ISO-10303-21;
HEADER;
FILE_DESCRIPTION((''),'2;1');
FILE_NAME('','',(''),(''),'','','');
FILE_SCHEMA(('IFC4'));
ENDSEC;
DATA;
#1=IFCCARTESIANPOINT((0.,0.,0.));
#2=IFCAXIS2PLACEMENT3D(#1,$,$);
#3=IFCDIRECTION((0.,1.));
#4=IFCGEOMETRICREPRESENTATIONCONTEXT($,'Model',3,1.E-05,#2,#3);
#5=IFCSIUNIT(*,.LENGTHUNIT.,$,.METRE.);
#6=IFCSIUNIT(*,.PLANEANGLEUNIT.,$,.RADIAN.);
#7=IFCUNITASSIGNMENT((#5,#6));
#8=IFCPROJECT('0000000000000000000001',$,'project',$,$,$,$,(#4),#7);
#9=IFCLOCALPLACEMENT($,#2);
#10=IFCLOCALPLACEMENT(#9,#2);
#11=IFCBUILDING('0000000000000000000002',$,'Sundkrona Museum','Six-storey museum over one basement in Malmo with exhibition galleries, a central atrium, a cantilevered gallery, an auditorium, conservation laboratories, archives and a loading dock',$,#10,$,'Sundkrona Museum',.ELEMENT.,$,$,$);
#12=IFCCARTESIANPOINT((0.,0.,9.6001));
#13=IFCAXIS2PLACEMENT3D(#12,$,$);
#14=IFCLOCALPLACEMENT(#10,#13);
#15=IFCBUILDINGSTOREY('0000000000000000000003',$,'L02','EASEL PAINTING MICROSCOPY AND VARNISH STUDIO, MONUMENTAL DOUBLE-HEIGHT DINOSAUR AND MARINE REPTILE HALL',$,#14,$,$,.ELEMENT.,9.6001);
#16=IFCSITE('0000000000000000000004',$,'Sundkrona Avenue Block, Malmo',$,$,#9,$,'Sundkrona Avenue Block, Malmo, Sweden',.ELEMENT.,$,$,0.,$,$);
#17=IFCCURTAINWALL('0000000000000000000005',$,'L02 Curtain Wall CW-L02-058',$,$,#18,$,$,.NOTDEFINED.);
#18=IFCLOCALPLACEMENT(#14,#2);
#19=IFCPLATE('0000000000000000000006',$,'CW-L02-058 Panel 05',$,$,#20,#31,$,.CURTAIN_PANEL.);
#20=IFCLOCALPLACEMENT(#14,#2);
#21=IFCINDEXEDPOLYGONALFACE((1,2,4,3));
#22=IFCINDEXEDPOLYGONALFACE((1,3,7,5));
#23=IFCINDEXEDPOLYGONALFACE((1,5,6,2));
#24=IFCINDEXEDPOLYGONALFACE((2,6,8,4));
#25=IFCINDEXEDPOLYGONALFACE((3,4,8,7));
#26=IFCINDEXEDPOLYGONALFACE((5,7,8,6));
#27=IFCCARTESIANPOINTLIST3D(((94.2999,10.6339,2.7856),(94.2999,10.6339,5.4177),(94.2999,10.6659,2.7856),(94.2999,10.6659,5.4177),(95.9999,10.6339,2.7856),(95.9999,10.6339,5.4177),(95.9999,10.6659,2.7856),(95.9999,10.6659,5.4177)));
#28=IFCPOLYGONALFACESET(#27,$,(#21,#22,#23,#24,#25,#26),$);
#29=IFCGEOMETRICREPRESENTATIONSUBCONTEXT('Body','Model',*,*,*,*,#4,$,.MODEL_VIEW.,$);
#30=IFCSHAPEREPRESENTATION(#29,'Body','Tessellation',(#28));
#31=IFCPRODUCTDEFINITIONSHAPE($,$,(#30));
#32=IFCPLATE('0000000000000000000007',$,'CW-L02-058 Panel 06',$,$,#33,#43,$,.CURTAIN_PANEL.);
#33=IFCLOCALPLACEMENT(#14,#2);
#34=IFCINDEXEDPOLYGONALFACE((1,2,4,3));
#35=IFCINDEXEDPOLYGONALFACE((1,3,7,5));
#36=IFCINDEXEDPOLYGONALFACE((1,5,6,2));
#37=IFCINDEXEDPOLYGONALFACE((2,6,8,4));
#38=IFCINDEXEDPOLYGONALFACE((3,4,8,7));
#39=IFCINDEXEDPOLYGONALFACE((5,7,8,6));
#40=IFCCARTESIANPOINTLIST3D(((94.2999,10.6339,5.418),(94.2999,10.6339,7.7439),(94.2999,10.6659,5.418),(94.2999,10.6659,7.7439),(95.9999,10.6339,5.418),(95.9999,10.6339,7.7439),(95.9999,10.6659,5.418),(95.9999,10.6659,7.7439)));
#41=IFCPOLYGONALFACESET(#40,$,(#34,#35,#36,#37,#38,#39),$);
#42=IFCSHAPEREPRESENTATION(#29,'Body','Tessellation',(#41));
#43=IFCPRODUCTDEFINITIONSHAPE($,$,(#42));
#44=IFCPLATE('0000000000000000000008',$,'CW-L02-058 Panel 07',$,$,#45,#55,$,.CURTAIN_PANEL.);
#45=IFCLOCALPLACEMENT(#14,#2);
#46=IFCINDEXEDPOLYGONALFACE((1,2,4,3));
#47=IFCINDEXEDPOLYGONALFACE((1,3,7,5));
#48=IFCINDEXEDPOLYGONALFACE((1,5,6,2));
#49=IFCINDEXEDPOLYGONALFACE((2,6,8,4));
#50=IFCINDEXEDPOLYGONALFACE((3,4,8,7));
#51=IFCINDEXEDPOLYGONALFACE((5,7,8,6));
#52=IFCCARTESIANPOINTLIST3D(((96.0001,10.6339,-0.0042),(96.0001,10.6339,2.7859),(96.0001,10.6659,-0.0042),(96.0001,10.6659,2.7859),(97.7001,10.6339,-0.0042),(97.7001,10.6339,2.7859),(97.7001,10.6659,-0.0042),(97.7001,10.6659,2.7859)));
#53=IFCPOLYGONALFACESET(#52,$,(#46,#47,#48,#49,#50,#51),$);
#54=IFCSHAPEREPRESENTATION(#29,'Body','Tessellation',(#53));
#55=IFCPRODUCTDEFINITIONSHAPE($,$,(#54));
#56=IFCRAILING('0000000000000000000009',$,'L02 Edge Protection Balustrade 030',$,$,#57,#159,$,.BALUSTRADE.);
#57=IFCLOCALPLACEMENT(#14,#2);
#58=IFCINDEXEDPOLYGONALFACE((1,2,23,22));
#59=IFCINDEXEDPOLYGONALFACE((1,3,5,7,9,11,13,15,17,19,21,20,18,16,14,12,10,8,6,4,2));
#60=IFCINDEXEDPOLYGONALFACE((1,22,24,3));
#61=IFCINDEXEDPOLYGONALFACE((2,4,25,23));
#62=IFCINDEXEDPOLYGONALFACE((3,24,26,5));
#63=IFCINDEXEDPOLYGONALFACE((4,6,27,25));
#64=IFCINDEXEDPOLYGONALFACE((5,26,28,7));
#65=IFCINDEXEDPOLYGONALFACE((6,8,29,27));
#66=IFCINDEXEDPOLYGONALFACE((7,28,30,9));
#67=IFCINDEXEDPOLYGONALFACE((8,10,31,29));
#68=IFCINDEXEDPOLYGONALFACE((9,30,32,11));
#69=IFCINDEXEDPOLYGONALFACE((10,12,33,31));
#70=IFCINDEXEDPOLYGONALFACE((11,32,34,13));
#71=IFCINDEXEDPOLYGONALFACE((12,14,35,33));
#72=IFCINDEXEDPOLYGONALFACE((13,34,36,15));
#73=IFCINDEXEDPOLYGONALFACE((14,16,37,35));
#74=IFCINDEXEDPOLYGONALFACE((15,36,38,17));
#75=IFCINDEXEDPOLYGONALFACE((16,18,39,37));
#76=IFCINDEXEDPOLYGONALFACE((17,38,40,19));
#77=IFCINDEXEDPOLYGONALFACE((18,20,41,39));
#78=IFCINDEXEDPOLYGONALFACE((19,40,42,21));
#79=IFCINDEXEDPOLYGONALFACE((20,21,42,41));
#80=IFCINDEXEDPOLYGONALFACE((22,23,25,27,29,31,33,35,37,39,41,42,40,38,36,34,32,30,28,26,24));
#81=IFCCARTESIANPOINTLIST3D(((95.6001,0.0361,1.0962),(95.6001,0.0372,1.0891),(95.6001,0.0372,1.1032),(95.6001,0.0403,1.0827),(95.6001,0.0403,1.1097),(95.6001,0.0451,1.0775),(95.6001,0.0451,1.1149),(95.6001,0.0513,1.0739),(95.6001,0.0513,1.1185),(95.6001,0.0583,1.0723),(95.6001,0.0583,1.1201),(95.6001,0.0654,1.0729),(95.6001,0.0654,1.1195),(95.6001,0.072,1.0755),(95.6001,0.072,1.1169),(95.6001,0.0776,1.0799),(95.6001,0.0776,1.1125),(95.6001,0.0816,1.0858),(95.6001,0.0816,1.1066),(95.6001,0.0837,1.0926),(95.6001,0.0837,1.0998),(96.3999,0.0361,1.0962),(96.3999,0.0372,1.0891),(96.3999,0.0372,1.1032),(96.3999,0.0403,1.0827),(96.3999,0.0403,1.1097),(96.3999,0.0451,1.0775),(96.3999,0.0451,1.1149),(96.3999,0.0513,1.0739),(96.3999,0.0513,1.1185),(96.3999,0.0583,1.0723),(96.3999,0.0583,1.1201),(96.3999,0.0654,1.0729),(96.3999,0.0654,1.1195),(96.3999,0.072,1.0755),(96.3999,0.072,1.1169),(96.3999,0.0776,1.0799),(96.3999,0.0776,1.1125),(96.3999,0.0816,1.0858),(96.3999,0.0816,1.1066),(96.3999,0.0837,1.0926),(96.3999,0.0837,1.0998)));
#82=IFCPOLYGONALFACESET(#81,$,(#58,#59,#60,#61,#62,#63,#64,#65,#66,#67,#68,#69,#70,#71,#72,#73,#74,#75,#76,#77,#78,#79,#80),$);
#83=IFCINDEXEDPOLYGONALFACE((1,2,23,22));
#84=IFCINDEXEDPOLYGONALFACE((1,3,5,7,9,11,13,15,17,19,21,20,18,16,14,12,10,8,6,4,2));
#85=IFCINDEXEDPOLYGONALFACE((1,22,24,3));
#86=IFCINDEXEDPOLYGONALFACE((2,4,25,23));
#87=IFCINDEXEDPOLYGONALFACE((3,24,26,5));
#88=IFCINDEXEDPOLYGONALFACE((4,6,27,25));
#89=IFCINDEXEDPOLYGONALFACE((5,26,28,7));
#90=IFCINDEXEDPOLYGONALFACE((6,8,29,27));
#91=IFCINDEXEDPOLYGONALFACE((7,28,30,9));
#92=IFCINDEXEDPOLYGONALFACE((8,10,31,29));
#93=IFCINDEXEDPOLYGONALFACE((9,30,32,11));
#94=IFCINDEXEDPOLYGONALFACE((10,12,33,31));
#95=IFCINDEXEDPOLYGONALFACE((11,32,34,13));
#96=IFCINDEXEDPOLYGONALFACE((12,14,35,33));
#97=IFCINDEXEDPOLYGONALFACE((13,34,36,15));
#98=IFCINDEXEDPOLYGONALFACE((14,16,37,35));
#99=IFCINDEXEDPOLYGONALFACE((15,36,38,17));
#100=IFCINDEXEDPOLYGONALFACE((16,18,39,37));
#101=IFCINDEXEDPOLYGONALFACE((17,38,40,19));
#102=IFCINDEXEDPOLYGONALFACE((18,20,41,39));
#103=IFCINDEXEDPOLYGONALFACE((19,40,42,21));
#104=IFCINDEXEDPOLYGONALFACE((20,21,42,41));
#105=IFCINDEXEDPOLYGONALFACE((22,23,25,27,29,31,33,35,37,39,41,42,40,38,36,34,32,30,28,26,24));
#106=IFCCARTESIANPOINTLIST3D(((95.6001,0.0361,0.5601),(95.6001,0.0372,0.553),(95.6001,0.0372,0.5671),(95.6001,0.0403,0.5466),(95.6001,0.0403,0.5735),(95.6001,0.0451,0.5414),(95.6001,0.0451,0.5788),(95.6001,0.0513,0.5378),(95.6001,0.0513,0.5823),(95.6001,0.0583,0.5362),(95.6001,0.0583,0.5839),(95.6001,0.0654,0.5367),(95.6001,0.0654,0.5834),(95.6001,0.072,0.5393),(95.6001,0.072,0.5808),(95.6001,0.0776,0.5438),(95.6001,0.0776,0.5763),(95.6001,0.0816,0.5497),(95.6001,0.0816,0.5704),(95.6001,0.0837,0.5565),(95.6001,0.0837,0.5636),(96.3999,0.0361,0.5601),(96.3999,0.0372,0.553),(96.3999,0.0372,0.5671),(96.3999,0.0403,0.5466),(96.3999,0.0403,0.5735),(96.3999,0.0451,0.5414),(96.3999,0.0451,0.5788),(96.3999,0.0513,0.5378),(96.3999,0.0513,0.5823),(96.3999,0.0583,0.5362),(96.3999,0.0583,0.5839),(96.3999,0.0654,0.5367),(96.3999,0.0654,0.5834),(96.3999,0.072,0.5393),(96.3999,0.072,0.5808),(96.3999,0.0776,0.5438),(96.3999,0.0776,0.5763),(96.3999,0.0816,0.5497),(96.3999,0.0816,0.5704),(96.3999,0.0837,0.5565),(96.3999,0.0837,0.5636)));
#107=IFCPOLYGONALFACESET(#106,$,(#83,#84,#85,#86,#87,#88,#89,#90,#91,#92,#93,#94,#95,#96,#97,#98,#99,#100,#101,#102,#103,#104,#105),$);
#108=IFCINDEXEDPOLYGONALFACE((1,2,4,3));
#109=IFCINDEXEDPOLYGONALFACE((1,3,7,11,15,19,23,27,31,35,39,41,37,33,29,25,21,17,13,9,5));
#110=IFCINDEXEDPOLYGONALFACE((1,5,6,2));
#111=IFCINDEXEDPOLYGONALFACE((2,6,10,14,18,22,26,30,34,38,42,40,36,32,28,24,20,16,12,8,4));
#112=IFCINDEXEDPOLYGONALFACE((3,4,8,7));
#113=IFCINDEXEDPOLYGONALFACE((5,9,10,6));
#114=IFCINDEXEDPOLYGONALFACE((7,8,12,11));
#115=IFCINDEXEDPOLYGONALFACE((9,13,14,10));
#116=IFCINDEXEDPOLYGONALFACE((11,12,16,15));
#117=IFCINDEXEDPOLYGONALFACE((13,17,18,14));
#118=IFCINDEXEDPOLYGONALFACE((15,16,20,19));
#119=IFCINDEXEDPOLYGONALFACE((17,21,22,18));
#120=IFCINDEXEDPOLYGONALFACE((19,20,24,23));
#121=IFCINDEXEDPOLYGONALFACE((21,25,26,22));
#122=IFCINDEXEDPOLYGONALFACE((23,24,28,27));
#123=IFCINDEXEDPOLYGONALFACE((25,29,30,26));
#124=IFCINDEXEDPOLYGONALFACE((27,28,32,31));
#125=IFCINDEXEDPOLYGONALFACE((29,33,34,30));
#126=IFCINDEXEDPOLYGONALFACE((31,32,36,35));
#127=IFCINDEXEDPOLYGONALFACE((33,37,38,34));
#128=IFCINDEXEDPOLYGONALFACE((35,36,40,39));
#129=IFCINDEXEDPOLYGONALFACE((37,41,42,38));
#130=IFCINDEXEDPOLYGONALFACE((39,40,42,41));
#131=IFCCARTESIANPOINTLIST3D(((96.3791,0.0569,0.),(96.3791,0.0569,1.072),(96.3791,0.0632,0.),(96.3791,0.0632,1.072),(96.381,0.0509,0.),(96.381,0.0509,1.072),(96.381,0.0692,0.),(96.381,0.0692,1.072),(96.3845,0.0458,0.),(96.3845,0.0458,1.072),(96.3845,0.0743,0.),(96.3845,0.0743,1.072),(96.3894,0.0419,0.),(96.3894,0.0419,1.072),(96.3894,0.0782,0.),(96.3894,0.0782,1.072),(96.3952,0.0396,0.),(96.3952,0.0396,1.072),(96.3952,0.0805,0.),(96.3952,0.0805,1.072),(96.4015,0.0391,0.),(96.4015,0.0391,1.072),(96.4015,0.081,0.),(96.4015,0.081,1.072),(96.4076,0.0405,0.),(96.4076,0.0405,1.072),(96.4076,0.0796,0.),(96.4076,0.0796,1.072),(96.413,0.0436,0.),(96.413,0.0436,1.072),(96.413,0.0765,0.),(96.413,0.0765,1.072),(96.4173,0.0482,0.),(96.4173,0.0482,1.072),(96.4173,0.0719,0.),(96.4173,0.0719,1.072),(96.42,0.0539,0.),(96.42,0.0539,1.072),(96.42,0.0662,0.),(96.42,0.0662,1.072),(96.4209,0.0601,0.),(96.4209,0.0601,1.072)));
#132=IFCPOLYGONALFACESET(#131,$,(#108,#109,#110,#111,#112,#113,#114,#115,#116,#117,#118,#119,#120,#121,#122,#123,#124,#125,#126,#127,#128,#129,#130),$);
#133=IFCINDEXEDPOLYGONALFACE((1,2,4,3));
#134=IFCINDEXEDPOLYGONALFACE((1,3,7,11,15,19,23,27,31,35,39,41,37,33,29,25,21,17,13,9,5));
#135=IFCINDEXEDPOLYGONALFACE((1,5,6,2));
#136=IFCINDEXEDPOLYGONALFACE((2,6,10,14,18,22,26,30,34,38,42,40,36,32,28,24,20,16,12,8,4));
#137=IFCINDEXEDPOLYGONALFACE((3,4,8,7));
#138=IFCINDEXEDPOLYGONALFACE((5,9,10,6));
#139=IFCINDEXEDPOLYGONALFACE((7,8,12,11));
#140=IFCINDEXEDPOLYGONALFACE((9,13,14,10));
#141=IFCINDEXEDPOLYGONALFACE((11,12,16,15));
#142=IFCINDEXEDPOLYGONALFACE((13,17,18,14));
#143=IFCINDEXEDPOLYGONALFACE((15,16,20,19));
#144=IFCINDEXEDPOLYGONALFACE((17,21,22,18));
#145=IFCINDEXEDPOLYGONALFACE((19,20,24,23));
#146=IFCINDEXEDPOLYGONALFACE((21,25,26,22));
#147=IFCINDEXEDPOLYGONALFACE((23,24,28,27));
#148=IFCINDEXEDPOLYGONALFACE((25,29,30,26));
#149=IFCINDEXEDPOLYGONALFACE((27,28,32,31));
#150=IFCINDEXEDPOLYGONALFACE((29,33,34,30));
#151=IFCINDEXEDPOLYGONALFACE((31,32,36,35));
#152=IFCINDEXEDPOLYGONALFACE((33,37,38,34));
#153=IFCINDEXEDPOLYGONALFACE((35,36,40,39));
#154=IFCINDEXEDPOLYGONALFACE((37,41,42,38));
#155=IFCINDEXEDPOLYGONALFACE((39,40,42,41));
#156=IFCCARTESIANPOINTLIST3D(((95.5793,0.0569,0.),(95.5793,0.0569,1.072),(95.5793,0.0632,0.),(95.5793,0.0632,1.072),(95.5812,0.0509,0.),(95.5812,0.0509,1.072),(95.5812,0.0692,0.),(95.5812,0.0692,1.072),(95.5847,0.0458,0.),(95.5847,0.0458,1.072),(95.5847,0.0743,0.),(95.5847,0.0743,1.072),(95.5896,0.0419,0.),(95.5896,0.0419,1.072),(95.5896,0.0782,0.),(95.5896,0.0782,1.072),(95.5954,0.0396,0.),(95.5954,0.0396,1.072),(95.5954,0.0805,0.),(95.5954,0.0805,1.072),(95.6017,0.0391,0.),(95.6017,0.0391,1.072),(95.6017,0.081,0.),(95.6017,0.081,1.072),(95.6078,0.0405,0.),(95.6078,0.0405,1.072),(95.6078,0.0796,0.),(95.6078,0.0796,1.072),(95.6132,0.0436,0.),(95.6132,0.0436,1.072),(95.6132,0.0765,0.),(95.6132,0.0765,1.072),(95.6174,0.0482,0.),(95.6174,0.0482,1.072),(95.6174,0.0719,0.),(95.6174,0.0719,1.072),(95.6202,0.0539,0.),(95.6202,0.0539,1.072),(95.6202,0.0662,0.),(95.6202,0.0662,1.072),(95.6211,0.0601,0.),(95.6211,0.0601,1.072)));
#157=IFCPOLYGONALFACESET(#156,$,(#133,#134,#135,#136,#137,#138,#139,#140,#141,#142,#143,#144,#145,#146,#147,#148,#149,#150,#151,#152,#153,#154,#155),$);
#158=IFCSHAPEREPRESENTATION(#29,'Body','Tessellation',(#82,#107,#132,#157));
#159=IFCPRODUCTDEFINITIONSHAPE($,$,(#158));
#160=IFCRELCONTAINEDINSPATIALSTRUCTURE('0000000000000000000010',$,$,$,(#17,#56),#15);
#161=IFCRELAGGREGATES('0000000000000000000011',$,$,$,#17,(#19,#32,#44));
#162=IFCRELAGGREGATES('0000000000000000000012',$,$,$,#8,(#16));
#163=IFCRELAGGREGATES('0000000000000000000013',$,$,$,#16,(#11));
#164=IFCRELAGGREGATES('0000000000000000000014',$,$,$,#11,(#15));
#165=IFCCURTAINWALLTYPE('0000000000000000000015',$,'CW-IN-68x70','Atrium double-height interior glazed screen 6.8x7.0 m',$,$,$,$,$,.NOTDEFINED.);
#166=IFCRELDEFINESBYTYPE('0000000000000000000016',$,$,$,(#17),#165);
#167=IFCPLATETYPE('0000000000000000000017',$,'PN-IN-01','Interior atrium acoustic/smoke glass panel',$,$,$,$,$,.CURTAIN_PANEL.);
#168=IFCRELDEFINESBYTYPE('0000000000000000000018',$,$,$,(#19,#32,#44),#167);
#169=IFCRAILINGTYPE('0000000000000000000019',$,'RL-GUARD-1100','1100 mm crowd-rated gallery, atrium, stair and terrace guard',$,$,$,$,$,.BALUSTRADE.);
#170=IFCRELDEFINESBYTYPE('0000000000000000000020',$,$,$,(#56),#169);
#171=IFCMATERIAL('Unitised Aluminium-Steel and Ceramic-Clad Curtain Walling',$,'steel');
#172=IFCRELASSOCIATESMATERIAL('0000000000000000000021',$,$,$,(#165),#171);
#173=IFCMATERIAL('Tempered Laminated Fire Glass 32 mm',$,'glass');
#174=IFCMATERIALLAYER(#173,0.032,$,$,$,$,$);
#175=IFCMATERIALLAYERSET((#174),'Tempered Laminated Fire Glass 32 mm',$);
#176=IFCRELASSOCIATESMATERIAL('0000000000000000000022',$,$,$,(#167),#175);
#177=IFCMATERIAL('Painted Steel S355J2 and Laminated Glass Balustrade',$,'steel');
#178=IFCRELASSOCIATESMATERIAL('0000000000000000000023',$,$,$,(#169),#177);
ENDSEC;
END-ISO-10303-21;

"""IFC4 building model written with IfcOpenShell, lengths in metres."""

from ifc_helpers import new_model, si_unit, direction, frame, origin, origin_2d, place, context, subcontext, project, spatial, rectangle, circle, extrude, material, layer, layer_set, type_object, element, aggregate, save


model = new_model("IFC4")

# Units and contexts
model_context = context("Model", 3, precision=1e-05, world=origin(), true_north=direction((0.0, 1.0)))
body_context = subcontext(model_context, "Body", "Model", "MODEL_VIEW")
ifc_project = project(units=[si_unit("LENGTHUNIT", "METRE"), si_unit("PLANEANGLEUNIT", "RADIAN")], contexts=[model_context])

# Site, building, storey
site_placement = place(None, origin())
site = spatial("IfcSite", under=ifc_project, at=site_placement, Name="Sundkrona Avenue Block, Malmo", LongName="Sundkrona Avenue Block, Malmo, Sweden", CompositionType="ELEMENT", RefElevation=0.0)
building_placement = place(site_placement, origin())
building = spatial("IfcBuilding", under=site, at=building_placement, Name="Sundkrona Museum", Description="Six-storey museum over one basement in Malmo with exhibition galleries, a central atrium, a cantilevered gallery, an auditorium, conservation laboratories, archives and a loading dock", LongName="Sundkrona Museum", CompositionType="ELEMENT")
storey_placement = place(building_placement, frame((0.0, 0.0, 9.6001)))
storey = spatial("IfcBuildingStorey", under=building, at=storey_placement, Name="L02", Description="EASEL PAINTING MICROSCOPY AND VARNISH STUDIO, MONUMENTAL DOUBLE-HEIGHT DINOSAUR AND MARINE REPTILE HALL", CompositionType="ELEMENT", Elevation=9.6001)

# Curtain wall
ifc_material_1 = material(Name="Unitised Aluminium-Steel and Ceramic-Clad Curtain Walling", Category="steel")
curtain_wall_type_1 = type_object("IfcCurtainWallType", Name="CW-IN-68x70", Description="Atrium double-height interior glazed screen 6.8x7.0 m", PredefinedType="NOTDEFINED", material=ifc_material_1)
curtain_wall_1_placement = place(storey_placement, origin())
curtain_wall_1 = element("IfcCurtainWall", 1, at=curtain_wall_1_placement, inside=storey, type_object=curtain_wall_type_1, Name="L02 Curtain Wall CW-L02-058", PredefinedType="NOTDEFINED")

# Plates
ifc_material_2 = material(Name="Tempered Laminated Fire Glass 32 mm", Category="glass")
ifc_layer_1 = layer(ifc_material_2, 0.032)
ifc_layer_set_1 = layer_set([ifc_layer_1], Name="Tempered Laminated Fire Glass 32 mm")
plate_type_1 = type_object("IfcPlateType", Name="PN-IN-01", Description="Interior atrium acoustic/smoke glass panel", PredefinedType="CURTAIN_PANEL", material=ifc_layer_set_1)
plate_1_placement = place(storey_placement, frame((95.1499, 10.6499, 2.7856), z_axis=(0.0, 0.0, 1.0), x_axis=(1.0, 0.0, 0.0)))
plate_1 = element("IfcPlate", 2, at=plate_1_placement, type_object=plate_type_1, Name="CW-L02-058 Panel 05", PredefinedType="CURTAIN_PANEL", context=body_context, shape_type="SweptSolid", body=[
    extrude(rectangle(XDim=1.7, YDim=0.032, at=origin_2d()), origin(), (0.0, 0.0, 1.0), 2.6321),
])
plate_2_placement = place(storey_placement, frame((95.1499, 10.6499, 5.418), z_axis=(0.0, 0.0, 1.0), x_axis=(1.0, 0.0, 0.0)))
plate_2 = element("IfcPlate", 3, at=plate_2_placement, type_object=plate_type_1, Name="CW-L02-058 Panel 06", PredefinedType="CURTAIN_PANEL", context=body_context, shape_type="SweptSolid", body=[
    extrude(rectangle(XDim=1.7, YDim=0.032, at=origin_2d()), origin(), (0.0, 0.0, 1.0), 2.3259),
])
plate_3_placement = place(storey_placement, frame((96.8501, 10.6499, -0.0042), z_axis=(0.0, 0.0, 1.0), x_axis=(1.0, 0.0, 0.0)))
plate_3 = element("IfcPlate", 4, at=plate_3_placement, type_object=plate_type_1, Name="CW-L02-058 Panel 07", PredefinedType="CURTAIN_PANEL", context=body_context, shape_type="SweptSolid", body=[
    extrude(rectangle(XDim=1.7, YDim=0.032, at=origin_2d()), origin(), (0.0, 0.0, 1.0), 2.79),
])
aggregate(curtain_wall_1, [plate_1, plate_2, plate_3])

# Railing
ifc_material_3 = material(Name="Painted Steel S355J2 and Laminated Glass Balustrade", Category="steel")
railing_type = type_object("IfcRailingType", Name="RL-GUARD-1100", Description="1100 mm crowd-rated gallery, atrium, stair and terrace guard", PredefinedType="BALUSTRADE", material=ifc_material_3)
railing_placement = place(storey_placement, frame((96.3999, 0.0601, 0.0)))
element("IfcRailing", 5, at=railing_placement, inside=storey, type_object=railing_type, Name="L02 Edge Protection Balustrade 030", PredefinedType="BALUSTRADE", context=body_context, shape_type="SweptSolid", body=[
    extrude(circle(Radius=0.0239, at=origin_2d()), frame((0.0, 0.0, 1.0962), z_axis=(-1.0, 0.0, 0.0), x_axis=(0.0, -1.0, 0.0)), (0.0, 0.0, 1.0), 0.7998),
    extrude(circle(Radius=0.0239, at=origin_2d()), frame((0.0, 0.0, 0.5601), z_axis=(-1.0, 0.0, 0.0), x_axis=(0.0, -1.0, 0.0)), (0.0, 0.0, 1.0), 0.7998),
    extrude(circle(Radius=0.021, at=origin_2d()), origin(), (0.0, 0.0, 1.0), 1.072),
    extrude(circle(Radius=0.021, at=origin_2d()), frame((-0.7998, 0.0, 0.0)), (0.0, 0.0, 1.0), 1.072),
])

save(model, "model.ifc")
